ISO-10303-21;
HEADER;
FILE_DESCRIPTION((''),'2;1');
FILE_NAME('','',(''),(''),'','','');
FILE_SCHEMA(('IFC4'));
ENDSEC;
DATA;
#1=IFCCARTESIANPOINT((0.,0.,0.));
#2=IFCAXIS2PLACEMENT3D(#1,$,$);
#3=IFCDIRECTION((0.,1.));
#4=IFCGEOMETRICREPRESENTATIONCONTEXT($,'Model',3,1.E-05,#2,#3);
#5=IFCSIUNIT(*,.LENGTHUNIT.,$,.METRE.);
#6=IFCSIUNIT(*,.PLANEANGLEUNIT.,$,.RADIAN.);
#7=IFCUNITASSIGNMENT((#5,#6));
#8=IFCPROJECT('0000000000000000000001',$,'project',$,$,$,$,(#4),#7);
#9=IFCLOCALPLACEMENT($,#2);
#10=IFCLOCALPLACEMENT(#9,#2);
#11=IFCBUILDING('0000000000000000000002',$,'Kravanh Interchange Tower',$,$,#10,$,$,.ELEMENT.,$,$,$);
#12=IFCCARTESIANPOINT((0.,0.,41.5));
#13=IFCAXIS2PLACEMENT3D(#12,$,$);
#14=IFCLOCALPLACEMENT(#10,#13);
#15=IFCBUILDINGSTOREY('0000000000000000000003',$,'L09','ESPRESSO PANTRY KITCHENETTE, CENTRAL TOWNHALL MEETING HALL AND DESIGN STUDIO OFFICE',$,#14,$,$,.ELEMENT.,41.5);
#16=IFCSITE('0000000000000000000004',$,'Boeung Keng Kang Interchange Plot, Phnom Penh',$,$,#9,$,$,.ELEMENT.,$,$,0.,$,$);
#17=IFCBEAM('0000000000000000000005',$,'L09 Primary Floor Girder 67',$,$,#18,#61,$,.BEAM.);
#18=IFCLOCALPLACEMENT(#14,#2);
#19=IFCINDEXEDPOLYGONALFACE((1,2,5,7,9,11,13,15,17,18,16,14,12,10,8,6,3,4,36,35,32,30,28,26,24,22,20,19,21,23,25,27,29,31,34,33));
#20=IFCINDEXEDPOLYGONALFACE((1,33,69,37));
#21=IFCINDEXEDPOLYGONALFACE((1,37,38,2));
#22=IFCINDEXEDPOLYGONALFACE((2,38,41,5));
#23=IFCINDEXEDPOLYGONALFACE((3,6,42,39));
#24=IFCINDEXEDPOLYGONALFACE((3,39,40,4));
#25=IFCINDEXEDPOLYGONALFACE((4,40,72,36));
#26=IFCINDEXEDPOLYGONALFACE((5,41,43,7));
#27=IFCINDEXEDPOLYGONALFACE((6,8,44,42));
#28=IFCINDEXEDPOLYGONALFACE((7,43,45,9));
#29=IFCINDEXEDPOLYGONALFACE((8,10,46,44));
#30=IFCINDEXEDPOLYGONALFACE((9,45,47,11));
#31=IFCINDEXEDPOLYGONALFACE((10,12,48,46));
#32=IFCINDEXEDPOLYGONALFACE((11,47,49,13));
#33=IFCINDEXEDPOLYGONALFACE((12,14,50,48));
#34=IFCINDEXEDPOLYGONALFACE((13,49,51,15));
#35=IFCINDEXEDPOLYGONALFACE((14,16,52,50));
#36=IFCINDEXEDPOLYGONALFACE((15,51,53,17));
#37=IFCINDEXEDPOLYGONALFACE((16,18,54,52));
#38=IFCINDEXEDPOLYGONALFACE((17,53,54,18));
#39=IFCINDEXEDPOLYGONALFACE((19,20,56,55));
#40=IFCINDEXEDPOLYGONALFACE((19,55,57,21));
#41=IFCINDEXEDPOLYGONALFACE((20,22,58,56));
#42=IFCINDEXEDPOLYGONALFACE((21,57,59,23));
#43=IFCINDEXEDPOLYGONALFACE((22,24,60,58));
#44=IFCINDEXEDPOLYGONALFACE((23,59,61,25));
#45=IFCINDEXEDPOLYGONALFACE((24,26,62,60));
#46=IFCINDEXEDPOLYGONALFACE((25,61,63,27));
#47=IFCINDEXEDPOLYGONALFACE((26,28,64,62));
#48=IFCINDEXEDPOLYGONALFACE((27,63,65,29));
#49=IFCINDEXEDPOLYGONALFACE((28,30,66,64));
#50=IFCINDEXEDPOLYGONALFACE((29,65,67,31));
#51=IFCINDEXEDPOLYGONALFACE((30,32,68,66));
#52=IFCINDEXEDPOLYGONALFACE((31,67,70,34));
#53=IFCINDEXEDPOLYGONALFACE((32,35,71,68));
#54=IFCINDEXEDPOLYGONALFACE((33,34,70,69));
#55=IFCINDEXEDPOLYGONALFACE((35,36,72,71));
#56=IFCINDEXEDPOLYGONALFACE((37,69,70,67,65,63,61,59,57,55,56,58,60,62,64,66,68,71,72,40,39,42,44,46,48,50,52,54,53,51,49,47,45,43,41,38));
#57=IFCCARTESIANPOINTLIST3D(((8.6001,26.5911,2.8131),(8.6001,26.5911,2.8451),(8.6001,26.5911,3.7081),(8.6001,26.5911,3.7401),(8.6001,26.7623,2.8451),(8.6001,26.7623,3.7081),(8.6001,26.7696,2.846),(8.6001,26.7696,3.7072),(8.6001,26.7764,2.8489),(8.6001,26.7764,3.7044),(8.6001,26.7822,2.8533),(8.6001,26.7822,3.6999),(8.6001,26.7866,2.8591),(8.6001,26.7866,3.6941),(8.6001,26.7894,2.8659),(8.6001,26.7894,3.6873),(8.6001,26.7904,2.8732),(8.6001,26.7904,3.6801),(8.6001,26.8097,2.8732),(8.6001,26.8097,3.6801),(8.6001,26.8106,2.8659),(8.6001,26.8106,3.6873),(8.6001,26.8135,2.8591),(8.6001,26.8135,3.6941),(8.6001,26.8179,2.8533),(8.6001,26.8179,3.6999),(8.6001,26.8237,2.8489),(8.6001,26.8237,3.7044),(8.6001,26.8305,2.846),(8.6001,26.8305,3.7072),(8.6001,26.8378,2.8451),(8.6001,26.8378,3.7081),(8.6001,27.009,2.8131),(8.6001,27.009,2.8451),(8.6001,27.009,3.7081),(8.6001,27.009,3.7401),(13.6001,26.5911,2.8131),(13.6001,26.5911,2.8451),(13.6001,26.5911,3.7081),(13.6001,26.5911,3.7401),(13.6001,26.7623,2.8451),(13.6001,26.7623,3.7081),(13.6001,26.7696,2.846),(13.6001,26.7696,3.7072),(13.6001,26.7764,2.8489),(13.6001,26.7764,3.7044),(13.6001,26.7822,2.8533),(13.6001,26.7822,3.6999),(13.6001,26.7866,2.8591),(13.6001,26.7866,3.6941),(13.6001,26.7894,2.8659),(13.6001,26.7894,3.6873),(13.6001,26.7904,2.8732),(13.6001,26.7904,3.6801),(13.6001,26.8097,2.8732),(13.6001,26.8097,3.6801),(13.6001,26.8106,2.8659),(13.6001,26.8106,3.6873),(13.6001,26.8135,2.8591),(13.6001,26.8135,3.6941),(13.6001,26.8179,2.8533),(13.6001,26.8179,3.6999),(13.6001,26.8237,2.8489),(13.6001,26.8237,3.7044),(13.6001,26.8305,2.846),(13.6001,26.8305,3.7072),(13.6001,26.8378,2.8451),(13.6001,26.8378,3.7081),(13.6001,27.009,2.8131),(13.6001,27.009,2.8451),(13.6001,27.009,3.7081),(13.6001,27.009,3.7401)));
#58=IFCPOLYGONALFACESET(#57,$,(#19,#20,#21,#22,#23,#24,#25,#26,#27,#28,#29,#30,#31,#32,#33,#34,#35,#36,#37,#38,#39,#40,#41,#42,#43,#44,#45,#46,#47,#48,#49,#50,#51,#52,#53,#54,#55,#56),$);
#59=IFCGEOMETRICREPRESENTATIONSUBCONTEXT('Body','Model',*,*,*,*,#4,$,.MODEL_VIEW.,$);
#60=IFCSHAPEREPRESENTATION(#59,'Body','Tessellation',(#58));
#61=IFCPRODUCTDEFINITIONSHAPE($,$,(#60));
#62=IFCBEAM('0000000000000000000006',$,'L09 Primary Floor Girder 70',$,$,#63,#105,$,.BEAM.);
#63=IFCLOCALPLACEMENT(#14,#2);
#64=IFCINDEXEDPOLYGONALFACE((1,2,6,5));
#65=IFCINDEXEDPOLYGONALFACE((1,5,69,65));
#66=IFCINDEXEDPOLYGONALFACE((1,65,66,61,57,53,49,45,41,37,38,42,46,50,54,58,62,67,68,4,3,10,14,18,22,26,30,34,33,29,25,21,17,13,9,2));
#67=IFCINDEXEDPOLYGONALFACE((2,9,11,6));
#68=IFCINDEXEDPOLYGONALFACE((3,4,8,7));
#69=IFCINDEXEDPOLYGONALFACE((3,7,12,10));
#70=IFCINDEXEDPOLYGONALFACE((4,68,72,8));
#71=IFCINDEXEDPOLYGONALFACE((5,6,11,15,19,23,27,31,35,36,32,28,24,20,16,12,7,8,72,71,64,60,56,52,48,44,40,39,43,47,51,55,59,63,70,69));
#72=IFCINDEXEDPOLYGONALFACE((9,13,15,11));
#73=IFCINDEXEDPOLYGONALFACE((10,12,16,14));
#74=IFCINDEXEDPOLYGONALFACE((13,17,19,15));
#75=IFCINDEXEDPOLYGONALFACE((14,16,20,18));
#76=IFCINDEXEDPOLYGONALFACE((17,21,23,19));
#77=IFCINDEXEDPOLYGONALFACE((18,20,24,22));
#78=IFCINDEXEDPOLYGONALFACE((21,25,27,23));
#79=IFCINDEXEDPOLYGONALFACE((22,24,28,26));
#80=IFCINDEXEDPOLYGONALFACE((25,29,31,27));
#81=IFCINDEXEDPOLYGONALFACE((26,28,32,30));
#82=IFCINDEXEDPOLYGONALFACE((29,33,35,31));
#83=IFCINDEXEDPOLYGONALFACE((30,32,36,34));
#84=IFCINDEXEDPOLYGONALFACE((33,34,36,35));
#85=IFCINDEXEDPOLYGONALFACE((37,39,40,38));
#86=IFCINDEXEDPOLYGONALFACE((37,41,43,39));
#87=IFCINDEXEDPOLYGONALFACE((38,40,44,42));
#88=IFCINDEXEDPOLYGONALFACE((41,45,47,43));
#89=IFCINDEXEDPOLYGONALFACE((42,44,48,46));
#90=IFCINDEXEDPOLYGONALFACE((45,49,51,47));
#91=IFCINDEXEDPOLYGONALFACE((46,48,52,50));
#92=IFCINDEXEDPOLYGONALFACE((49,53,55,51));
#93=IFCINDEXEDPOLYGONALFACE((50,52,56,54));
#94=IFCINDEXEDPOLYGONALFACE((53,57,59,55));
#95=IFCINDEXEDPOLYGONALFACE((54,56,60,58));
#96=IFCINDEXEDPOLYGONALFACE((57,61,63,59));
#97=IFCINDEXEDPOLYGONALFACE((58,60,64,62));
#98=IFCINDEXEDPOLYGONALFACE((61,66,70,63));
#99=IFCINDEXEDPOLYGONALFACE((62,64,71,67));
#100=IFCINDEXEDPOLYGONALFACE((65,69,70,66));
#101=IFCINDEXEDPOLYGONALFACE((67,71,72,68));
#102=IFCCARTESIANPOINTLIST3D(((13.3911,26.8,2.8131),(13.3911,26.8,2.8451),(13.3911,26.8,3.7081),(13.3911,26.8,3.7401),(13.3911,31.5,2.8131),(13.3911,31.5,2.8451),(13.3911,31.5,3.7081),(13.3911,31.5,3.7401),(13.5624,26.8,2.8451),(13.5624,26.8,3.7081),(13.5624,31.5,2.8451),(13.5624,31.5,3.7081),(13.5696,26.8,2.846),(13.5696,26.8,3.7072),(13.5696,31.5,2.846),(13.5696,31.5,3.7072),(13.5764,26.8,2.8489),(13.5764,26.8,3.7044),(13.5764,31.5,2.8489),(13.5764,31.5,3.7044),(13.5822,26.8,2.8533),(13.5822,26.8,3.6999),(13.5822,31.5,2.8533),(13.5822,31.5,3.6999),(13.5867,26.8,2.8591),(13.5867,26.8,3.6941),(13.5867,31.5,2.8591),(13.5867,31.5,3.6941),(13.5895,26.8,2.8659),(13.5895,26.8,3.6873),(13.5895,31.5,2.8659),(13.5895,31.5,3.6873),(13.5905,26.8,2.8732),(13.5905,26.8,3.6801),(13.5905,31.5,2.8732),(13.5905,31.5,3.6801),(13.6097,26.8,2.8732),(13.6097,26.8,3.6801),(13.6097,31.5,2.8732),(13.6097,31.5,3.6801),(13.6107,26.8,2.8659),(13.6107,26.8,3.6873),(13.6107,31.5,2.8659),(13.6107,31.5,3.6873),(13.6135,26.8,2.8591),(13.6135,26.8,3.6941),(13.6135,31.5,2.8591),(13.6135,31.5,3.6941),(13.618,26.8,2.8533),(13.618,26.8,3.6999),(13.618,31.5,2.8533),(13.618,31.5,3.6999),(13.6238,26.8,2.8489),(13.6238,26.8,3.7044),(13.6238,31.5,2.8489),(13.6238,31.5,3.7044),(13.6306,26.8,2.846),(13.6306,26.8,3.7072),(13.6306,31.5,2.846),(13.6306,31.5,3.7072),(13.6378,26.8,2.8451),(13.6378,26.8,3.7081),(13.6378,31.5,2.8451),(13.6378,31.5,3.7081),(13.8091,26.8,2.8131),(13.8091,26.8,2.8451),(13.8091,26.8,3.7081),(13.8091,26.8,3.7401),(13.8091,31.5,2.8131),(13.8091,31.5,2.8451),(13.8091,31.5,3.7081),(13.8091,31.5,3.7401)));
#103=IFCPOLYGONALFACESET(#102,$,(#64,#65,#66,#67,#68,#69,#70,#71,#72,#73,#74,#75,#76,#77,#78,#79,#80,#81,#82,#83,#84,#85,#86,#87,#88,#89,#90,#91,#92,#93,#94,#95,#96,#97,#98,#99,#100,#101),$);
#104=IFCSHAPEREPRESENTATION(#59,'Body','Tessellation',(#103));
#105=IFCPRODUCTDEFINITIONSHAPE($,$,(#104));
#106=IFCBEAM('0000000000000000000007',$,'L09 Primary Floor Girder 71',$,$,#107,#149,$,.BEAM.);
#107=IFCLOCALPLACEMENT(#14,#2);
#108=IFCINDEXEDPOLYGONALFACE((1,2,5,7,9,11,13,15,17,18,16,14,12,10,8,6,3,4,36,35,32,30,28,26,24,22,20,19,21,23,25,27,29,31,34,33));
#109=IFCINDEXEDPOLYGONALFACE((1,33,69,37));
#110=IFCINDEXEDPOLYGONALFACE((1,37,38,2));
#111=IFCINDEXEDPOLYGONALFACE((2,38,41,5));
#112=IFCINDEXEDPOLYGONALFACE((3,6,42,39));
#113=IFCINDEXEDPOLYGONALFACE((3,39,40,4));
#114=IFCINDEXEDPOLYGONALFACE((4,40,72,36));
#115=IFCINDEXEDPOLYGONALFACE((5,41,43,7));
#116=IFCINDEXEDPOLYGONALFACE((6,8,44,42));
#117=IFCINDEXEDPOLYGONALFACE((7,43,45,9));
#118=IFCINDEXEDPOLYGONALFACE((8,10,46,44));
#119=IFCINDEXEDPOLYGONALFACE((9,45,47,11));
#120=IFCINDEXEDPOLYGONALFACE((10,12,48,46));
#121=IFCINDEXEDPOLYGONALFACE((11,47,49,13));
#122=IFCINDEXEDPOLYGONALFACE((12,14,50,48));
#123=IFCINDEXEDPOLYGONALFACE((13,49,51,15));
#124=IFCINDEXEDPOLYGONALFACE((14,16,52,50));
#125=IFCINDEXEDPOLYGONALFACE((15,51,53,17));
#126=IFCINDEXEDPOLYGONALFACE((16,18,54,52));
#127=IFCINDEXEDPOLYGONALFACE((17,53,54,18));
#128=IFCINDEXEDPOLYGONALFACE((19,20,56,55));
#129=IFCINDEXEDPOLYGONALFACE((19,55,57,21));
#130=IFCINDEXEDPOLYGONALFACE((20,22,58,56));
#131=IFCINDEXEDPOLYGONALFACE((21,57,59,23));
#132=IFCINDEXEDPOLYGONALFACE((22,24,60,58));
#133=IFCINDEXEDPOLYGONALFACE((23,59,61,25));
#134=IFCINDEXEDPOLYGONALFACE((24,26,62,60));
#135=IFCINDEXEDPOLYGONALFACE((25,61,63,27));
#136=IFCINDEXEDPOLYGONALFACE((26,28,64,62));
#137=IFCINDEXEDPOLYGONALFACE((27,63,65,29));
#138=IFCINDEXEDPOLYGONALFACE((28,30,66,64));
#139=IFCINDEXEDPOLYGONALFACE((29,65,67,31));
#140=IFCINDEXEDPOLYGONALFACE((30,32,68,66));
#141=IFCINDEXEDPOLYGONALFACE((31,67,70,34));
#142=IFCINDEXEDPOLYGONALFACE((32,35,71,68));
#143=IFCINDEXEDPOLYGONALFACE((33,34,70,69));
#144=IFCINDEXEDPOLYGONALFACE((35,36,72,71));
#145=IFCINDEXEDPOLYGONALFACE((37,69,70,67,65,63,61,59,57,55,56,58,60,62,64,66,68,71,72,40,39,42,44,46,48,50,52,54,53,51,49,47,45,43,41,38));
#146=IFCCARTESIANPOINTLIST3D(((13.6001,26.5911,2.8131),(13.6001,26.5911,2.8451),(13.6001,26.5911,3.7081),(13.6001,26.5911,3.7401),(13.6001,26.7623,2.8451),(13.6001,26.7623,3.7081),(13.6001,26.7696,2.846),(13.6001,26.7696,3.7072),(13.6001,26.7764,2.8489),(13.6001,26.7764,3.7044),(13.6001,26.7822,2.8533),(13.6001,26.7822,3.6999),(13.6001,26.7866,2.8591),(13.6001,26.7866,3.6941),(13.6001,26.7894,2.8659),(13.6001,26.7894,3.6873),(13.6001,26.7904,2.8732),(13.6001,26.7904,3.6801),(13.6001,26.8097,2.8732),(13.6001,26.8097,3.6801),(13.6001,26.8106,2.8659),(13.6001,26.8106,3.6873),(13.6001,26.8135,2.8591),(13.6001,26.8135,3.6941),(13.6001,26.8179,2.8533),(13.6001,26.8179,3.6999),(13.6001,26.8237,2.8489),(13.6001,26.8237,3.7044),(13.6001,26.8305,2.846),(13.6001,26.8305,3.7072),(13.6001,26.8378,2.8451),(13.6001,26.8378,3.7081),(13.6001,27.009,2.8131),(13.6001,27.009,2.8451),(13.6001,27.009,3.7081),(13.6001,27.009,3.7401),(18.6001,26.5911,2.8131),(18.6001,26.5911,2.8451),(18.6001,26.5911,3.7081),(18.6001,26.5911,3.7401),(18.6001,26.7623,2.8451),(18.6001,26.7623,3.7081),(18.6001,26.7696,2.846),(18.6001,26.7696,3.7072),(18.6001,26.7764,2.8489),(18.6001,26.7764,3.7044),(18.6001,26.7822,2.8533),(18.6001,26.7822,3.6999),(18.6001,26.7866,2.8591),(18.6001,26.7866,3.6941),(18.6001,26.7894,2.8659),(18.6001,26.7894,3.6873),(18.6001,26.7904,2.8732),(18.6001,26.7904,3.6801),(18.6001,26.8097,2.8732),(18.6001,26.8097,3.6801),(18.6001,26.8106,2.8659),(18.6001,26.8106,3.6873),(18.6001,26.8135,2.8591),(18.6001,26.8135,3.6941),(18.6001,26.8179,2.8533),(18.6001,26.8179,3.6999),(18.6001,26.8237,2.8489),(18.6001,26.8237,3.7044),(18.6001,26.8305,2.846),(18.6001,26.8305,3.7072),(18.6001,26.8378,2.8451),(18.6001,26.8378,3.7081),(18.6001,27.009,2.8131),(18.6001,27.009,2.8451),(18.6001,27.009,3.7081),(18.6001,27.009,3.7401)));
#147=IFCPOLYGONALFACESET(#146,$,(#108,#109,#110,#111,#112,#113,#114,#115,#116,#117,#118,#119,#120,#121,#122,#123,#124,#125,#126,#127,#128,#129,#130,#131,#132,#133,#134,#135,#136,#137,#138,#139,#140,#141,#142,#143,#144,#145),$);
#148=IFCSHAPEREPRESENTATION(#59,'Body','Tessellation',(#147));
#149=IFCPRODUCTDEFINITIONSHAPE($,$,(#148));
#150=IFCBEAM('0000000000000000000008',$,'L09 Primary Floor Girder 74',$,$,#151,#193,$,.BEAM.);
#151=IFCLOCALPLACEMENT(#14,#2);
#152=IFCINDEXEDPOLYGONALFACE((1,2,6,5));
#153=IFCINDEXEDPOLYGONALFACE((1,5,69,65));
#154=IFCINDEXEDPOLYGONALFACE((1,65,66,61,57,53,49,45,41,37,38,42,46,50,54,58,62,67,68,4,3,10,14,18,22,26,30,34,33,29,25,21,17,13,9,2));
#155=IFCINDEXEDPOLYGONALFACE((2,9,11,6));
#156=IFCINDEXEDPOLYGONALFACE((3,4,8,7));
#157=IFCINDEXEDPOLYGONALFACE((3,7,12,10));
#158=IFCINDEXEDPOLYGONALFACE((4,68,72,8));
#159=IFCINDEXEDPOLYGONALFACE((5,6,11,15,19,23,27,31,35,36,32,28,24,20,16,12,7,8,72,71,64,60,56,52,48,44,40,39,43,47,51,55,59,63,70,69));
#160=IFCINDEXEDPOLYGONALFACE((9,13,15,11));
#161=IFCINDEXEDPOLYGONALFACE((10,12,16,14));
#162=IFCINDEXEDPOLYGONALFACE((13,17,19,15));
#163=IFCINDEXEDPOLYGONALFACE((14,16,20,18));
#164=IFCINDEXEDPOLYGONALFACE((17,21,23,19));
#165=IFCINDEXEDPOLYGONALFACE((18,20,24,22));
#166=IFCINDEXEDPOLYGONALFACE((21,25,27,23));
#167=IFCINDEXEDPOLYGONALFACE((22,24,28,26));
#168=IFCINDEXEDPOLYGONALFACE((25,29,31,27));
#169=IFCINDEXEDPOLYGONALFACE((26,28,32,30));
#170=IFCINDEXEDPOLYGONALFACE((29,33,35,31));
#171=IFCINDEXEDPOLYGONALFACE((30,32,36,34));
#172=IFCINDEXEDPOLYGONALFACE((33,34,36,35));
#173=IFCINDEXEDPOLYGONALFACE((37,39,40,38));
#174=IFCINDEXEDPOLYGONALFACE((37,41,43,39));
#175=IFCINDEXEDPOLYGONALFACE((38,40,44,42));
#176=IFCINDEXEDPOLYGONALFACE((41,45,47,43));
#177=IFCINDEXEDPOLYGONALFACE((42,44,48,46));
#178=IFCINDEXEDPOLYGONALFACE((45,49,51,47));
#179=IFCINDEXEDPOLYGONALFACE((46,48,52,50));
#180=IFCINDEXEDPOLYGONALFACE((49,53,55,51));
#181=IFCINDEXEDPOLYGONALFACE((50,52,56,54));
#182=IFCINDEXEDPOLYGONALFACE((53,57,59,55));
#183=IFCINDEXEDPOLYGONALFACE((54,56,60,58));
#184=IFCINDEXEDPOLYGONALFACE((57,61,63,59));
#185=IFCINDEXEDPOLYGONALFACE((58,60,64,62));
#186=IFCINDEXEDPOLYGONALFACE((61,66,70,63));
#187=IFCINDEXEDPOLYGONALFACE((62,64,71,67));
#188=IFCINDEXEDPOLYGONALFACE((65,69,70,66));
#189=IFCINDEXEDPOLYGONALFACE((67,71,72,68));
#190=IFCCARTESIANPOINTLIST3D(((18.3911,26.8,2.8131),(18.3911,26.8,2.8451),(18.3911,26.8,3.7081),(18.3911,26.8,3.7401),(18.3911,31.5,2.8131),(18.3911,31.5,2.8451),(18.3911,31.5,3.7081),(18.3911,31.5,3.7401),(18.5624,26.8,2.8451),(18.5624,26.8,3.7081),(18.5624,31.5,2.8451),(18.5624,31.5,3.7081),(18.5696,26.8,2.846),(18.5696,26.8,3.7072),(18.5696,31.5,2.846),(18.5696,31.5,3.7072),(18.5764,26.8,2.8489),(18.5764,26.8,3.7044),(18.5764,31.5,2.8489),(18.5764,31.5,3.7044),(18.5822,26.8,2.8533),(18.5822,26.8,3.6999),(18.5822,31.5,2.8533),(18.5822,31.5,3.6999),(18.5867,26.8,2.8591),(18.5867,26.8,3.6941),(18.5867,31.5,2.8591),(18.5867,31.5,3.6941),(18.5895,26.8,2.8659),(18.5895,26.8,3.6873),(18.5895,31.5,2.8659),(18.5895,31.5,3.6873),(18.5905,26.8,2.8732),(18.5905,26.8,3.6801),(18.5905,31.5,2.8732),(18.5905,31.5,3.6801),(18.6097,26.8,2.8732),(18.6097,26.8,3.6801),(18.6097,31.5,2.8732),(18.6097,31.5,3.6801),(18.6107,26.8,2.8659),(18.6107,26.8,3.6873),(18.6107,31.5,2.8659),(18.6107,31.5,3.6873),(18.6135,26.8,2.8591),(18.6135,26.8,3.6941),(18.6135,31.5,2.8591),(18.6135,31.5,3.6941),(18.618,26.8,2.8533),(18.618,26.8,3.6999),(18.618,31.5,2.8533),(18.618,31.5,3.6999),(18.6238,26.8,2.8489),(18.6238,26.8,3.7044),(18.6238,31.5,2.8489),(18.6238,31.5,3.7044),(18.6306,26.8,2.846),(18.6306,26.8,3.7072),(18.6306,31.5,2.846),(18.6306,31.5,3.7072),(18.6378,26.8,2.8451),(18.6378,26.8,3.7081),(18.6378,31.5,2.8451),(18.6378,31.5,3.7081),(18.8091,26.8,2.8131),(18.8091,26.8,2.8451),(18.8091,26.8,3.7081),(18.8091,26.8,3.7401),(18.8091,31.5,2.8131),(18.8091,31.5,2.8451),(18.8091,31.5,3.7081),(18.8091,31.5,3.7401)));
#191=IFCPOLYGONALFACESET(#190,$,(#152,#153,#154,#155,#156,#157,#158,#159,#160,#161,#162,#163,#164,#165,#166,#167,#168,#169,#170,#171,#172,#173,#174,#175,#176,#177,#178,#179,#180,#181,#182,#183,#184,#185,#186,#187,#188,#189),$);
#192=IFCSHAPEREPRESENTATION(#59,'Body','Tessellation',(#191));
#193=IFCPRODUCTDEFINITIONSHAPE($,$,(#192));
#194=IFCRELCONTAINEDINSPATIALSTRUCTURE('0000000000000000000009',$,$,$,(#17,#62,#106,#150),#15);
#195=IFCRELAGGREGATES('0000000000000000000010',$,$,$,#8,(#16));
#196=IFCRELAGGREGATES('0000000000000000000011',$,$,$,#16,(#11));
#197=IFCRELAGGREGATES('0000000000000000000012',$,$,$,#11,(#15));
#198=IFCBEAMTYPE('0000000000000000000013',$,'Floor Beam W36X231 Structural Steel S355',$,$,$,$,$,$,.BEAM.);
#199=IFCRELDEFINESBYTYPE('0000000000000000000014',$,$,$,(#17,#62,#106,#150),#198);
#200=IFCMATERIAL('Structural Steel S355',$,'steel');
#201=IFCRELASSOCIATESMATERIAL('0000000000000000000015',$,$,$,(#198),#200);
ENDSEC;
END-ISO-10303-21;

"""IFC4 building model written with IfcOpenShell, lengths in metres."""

from ifc_helpers import new_model, si_unit, direction, frame, origin, origin_2d, place, context, subcontext, project, spatial, i_section, extrude, material, material_profile, profile_set, type_object, element, save


model = new_model("IFC4")

# Units and contexts
model_context = context("Model", 3, precision=1e-05, world=origin(), true_north=direction((0.0, 1.0)))
body_context = subcontext(model_context, "Body", "Model", "MODEL_VIEW")
ifc_project = project(units=[si_unit("LENGTHUNIT", "METRE"), si_unit("PLANEANGLEUNIT", "RADIAN")], contexts=[model_context])

# Site, building, storey
site_placement = place(None, origin())
site = spatial("IfcSite", under=ifc_project, at=site_placement, Name="Boeung Keng Kang Interchange Plot, Phnom Penh", CompositionType="ELEMENT", RefElevation=0.0)
building_placement = place(site_placement, origin())
building = spatial("IfcBuilding", under=site, at=building_placement, Name="Kravanh Interchange Tower", CompositionType="ELEMENT")
storey_placement = place(building_placement, frame((0.0, 0.0, 41.5)))
storey = spatial("IfcBuildingStorey", under=building, at=storey_placement, Name="L09", Description="ESPRESSO PANTRY KITCHENETTE, CENTRAL TOWNHALL MEETING HALL AND DESIGN STUDIO OFFICE", CompositionType="ELEMENT", Elevation=41.5)

# Beams
ifc_material_1 = material(Name="Structural Steel S355", Category="steel")
ifc_material_profile_1 = material_profile(ifc_material_1, i_section(OverallWidth=0.418, OverallDepth=0.927, WebThickness=0.0193, FlangeThickness=0.032, FilletRadius=0.0281, at=origin_2d()), Name="W36X231")
ifc_profile_set_1 = profile_set([ifc_material_profile_1], Name="Structural Steel S355")
beam_type_1 = type_object("IfcBeamType", Name="Floor Beam W36X231 Structural Steel S355", PredefinedType="BEAM", material=ifc_profile_set_1)
beam_1_placement = place(storey_placement, frame((8.6001, 26.8, 3.2766), z_axis=(1.0, 0.0, 0.0), x_axis=(0.0, 1.0, 0.0)))
element("IfcBeam", 1, at=beam_1_placement, inside=storey, type_object=beam_type_1, Name="L09 Primary Floor Girder 67", PredefinedType="BEAM", context=body_context, shape_type="SweptSolid", body=[
    extrude(i_section(OverallWidth=0.418, OverallDepth=0.927, WebThickness=0.0193, FlangeThickness=0.032, FilletRadius=0.0281, at=origin_2d()), origin(), (0.0, 0.0, 1.0), 5.0),
])
beam_2_placement = place(storey_placement, frame((13.6001, 26.8, 3.2766), z_axis=(0.0, 1.0, 0.0), x_axis=(-1.0, 0.0, 0.0)))
element("IfcBeam", 2, at=beam_2_placement, inside=storey, type_object=beam_type_1, Name="L09 Primary Floor Girder 70", PredefinedType="BEAM", context=body_context, shape_type="SweptSolid", body=[
    extrude(i_section(OverallWidth=0.418, OverallDepth=0.927, WebThickness=0.0193, FlangeThickness=0.032, FilletRadius=0.0281, at=origin_2d()), origin(), (0.0, 0.0, 1.0), 4.7),
])
beam_3_placement = place(storey_placement, frame((13.6001, 26.8, 3.2766), z_axis=(1.0, 0.0, 0.0), x_axis=(0.0, 1.0, 0.0)))
element("IfcBeam", 3, at=beam_3_placement, inside=storey, type_object=beam_type_1, Name="L09 Primary Floor Girder 71", PredefinedType="BEAM", context=body_context, shape_type="SweptSolid", body=[
    extrude(i_section(OverallWidth=0.418, OverallDepth=0.927, WebThickness=0.0193, FlangeThickness=0.032, FilletRadius=0.0281, at=origin_2d()), origin(), (0.0, 0.0, 1.0), 5.0),
])
beam_4_placement = place(storey_placement, frame((18.6001, 26.8, 3.2766), z_axis=(0.0, 1.0, 0.0), x_axis=(-1.0, 0.0, 0.0)))
element("IfcBeam", 4, at=beam_4_placement, inside=storey, type_object=beam_type_1, Name="L09 Primary Floor Girder 74", PredefinedType="BEAM", context=body_context, shape_type="SweptSolid", body=[
    extrude(i_section(OverallWidth=0.418, OverallDepth=0.927, WebThickness=0.0193, FlangeThickness=0.032, FilletRadius=0.0281, at=origin_2d()), origin(), (0.0, 0.0, 1.0), 4.7),
])

save(model, "model.ifc")
